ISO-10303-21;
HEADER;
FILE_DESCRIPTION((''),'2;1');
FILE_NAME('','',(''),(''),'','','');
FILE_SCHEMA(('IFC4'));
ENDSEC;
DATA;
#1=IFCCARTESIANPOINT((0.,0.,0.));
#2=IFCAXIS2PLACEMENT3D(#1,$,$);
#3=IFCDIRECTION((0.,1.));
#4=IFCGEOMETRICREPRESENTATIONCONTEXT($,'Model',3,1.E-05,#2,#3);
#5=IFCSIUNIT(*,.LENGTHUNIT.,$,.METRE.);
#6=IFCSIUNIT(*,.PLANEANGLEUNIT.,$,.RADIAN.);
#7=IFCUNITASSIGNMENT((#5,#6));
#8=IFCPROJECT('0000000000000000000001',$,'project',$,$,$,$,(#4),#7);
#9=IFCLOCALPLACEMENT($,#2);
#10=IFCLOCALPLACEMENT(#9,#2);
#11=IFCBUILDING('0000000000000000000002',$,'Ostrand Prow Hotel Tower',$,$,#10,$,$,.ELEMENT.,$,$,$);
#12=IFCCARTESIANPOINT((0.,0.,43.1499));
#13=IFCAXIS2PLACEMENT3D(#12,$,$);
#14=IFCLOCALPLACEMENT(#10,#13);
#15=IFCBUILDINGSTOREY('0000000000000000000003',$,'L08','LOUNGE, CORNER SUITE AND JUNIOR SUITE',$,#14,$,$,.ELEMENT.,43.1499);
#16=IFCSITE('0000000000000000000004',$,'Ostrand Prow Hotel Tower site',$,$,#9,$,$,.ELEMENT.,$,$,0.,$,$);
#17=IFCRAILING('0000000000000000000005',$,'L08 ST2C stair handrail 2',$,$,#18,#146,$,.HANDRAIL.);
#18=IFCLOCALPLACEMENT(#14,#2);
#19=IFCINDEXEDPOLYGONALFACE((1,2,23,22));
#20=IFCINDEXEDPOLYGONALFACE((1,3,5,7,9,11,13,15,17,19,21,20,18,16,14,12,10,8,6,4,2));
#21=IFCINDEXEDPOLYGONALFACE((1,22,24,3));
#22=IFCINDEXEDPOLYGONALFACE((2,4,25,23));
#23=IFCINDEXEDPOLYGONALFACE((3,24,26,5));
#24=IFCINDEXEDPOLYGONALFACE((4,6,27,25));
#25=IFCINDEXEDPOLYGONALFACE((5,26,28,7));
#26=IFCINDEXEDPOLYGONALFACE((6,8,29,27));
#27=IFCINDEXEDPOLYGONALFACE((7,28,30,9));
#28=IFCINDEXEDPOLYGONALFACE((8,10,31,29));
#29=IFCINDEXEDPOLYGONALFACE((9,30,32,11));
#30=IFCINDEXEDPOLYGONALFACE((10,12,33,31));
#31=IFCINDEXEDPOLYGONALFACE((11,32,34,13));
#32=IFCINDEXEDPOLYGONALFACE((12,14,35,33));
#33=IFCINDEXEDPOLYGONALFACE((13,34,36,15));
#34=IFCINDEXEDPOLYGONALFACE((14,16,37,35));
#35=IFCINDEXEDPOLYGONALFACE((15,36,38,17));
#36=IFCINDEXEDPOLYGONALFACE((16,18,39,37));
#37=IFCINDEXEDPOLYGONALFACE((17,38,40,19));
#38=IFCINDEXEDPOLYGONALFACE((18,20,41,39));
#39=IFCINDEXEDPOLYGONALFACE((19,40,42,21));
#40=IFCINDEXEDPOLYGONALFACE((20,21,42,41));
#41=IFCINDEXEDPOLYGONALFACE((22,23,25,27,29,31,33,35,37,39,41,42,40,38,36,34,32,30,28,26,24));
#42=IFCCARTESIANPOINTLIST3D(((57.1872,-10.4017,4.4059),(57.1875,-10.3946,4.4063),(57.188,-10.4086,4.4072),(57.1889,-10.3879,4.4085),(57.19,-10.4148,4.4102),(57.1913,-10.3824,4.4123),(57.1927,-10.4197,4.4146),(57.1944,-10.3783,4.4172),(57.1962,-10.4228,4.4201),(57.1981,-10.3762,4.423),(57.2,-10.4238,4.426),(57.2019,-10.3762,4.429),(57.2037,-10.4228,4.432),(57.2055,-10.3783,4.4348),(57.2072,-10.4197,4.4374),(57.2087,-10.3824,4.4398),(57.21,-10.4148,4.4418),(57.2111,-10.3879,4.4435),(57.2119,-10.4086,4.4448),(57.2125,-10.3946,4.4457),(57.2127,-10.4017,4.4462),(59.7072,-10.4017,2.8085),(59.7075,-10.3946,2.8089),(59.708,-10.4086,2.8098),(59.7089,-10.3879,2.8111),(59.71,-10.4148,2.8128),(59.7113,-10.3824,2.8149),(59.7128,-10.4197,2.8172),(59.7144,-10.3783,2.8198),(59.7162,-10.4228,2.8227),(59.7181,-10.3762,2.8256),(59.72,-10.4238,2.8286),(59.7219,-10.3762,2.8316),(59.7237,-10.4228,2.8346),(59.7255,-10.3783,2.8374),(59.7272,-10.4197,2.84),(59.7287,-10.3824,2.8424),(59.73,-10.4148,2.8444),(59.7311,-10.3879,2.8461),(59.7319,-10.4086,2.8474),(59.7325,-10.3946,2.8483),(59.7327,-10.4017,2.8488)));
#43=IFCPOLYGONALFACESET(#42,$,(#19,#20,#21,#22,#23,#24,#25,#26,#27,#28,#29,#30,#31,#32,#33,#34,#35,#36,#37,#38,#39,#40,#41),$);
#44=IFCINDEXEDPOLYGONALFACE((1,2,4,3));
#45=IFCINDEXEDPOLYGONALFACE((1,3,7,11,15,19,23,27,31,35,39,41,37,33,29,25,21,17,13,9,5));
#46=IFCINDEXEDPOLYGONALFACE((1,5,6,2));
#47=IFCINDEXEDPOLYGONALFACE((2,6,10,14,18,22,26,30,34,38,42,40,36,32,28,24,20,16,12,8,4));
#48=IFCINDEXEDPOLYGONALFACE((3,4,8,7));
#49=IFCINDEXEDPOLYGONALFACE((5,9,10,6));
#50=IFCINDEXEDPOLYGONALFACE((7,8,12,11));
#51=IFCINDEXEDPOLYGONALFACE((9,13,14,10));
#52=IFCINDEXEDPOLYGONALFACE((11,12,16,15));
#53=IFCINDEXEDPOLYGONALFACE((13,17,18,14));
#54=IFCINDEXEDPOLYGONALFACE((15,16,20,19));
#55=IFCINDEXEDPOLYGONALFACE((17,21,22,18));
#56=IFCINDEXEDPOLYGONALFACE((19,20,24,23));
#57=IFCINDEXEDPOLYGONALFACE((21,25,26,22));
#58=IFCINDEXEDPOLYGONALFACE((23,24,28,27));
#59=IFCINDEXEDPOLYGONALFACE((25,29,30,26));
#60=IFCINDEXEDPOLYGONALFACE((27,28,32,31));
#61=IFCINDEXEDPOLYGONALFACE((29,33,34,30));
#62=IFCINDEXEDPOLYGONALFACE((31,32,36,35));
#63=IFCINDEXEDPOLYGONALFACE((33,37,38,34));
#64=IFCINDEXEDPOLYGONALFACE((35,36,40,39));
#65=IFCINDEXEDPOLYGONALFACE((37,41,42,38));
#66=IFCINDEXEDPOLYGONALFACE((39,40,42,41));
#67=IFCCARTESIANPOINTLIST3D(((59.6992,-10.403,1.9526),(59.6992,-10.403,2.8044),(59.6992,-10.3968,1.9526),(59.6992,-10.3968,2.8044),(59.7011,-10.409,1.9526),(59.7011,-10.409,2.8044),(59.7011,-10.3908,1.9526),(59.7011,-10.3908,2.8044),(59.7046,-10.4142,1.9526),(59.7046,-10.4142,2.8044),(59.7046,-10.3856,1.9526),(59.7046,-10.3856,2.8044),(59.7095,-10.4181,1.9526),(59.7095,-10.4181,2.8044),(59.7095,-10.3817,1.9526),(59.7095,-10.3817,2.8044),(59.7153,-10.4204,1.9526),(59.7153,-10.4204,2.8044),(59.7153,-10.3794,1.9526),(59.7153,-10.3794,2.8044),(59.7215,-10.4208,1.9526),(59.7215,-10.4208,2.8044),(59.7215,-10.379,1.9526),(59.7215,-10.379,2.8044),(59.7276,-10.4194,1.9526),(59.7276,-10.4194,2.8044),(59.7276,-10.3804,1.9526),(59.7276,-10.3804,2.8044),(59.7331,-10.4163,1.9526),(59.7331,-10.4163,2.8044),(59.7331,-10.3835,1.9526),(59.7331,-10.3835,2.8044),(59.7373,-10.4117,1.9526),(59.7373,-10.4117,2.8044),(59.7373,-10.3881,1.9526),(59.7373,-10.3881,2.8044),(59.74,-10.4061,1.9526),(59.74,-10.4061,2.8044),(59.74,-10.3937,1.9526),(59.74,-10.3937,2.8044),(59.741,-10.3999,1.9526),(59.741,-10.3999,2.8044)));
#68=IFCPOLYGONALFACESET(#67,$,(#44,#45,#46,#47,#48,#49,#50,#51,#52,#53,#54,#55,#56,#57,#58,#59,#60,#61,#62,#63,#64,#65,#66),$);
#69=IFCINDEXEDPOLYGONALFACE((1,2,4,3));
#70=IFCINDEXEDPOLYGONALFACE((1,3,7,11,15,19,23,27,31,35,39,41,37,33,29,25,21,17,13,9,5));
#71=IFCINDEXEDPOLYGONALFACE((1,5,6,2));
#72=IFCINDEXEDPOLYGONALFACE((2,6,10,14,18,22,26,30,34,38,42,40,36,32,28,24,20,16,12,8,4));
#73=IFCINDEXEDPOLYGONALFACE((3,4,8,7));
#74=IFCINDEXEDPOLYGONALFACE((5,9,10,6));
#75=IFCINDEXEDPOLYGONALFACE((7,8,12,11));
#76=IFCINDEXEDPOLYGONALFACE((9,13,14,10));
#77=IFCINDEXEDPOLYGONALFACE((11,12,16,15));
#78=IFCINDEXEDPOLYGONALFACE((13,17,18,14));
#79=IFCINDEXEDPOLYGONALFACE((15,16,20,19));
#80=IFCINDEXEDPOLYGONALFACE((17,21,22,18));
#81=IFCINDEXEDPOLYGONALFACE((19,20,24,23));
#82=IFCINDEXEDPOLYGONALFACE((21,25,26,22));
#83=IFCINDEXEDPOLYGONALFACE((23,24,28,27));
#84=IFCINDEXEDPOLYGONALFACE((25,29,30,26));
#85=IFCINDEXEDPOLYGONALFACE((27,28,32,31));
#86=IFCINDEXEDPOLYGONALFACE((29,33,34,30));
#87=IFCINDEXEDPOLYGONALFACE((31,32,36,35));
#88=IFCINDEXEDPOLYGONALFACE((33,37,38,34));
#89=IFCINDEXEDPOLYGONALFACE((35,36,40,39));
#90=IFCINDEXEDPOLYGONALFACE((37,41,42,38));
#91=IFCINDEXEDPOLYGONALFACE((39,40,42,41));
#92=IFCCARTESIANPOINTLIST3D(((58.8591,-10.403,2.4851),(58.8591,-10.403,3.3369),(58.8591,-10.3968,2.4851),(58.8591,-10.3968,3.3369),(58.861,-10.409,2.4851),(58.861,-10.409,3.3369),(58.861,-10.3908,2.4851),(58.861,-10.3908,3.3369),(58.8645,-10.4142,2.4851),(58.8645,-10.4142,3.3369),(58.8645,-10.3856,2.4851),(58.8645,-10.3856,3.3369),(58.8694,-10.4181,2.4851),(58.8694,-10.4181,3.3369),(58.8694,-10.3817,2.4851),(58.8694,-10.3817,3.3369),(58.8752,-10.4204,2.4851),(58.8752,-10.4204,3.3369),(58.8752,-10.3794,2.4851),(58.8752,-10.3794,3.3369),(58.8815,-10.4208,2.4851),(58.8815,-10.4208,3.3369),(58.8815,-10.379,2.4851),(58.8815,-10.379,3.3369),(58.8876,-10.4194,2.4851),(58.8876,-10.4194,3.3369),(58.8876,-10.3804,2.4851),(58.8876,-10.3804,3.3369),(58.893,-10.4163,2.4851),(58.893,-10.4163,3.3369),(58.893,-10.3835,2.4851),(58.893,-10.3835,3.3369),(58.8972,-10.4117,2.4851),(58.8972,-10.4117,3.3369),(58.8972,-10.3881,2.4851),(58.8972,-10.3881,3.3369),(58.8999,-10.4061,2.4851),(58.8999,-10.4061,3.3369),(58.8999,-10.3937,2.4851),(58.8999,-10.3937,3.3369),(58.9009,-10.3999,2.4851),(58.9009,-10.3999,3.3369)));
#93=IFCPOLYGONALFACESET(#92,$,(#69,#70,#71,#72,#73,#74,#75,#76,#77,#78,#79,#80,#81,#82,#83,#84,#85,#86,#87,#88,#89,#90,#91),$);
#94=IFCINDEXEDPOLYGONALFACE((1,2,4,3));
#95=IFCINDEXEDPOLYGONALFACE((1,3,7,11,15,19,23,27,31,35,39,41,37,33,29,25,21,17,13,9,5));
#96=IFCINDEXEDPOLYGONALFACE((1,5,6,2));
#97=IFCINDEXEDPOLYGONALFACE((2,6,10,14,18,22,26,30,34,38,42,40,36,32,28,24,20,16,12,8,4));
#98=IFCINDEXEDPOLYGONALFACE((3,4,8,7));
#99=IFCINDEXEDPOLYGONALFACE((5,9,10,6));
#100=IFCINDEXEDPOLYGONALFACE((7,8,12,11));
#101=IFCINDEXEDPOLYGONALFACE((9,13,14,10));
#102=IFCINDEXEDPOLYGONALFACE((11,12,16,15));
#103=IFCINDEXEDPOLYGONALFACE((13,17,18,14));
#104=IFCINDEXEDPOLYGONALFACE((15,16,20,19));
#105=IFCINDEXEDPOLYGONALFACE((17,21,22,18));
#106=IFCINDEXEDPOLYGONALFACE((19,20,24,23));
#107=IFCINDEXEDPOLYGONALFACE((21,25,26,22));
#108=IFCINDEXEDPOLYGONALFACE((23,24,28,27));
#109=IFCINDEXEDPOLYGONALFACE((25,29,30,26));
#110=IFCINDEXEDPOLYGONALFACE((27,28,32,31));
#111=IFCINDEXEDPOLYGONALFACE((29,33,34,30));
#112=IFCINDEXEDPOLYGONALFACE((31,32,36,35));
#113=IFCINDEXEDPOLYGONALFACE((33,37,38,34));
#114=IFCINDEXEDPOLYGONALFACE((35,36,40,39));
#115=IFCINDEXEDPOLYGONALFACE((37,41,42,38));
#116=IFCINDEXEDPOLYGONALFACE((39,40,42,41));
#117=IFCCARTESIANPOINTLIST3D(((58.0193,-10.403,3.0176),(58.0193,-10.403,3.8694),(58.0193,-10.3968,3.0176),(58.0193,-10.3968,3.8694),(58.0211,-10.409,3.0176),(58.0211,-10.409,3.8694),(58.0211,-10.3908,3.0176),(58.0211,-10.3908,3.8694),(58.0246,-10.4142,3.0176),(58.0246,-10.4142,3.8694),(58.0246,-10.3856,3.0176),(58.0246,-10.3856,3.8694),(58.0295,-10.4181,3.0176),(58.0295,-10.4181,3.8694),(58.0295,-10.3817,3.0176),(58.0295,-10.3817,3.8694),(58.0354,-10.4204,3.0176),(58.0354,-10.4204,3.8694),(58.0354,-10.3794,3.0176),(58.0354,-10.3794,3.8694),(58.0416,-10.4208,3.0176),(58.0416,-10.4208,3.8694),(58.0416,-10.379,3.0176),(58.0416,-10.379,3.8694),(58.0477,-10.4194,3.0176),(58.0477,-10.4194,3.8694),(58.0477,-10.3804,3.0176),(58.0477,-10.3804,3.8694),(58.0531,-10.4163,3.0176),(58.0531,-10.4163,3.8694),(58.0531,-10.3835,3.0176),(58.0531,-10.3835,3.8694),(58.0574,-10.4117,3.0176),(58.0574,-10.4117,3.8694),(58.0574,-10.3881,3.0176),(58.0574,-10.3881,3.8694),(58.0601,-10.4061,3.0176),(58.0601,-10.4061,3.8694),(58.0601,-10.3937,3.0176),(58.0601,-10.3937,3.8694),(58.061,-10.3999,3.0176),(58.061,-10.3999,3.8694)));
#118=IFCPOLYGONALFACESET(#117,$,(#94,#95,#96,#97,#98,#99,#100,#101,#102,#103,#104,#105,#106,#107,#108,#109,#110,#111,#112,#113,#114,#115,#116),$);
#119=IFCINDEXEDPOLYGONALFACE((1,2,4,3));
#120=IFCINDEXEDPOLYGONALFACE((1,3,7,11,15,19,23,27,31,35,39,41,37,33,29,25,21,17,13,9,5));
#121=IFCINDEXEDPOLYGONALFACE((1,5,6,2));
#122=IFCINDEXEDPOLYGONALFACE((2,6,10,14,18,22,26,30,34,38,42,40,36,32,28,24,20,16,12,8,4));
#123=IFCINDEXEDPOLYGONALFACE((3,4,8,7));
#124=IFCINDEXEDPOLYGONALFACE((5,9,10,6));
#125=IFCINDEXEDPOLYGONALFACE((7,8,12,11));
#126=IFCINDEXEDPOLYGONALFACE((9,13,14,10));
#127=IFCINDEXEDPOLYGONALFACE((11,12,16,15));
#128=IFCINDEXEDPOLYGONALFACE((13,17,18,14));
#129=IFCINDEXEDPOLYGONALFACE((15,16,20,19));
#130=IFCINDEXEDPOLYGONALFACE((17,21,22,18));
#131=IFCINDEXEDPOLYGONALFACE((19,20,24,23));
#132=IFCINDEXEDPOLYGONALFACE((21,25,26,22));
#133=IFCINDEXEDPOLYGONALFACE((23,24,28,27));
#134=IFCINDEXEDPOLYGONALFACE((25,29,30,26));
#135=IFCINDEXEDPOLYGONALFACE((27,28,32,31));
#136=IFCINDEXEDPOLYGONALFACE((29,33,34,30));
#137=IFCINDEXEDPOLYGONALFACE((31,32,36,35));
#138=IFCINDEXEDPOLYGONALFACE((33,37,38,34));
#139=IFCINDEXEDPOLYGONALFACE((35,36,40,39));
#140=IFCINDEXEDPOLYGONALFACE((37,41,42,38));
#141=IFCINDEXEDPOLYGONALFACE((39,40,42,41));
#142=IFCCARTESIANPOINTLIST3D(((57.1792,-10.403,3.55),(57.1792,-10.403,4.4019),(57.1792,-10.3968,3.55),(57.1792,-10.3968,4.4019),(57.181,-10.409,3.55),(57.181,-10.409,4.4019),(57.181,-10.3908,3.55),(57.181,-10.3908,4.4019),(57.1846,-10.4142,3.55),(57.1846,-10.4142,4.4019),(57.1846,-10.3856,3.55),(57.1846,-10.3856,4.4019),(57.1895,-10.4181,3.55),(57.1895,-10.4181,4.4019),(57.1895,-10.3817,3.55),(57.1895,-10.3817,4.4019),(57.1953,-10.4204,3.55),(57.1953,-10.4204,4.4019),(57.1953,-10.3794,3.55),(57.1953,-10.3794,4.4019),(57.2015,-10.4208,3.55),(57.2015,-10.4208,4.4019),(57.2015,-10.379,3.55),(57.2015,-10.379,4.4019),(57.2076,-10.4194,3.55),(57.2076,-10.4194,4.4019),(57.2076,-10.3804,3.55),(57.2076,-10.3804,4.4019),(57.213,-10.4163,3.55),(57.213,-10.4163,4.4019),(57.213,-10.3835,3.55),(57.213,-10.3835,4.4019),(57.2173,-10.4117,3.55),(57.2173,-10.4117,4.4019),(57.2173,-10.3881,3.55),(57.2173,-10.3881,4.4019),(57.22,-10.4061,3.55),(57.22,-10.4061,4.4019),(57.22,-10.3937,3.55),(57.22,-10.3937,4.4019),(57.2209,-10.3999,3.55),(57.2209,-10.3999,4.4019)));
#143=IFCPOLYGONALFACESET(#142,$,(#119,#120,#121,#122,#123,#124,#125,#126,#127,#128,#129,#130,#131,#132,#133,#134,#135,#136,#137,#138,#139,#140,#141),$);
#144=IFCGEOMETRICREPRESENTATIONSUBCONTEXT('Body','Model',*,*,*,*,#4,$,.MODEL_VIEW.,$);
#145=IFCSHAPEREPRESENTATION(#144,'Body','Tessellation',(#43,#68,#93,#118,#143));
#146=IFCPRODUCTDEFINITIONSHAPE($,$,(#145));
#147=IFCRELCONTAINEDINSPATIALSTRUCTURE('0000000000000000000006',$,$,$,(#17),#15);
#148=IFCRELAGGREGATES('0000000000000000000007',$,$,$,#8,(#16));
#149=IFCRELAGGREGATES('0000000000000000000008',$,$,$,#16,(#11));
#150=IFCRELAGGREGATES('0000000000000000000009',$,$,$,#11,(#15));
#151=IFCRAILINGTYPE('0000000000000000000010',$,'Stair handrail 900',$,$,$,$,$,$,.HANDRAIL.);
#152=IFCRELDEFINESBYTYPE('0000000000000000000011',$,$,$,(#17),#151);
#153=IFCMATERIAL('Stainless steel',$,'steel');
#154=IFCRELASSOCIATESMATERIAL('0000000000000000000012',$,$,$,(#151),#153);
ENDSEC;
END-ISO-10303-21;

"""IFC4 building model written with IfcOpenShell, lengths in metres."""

from ifc_helpers import new_model, si_unit, direction, frame, origin, origin_2d, place, context, subcontext, project, spatial, circle, extrude, material, type_object, element, save


model = new_model("IFC4")

# Units and contexts
model_context = context("Model", 3, precision=1e-05, world=origin(), true_north=direction((0.0, 1.0)))
body_context = subcontext(model_context, "Body", "Model", "MODEL_VIEW")
ifc_project = project(units=[si_unit("LENGTHUNIT", "METRE"), si_unit("PLANEANGLEUNIT", "RADIAN")], contexts=[model_context])

# Site, building, storey
site_placement = place(None, origin())
site = spatial("IfcSite", under=ifc_project, at=site_placement, Name="Ostrand Prow Hotel Tower site", CompositionType="ELEMENT", RefElevation=0.0)
building_placement = place(site_placement, origin())
building = spatial("IfcBuilding", under=site, at=building_placement, Name="Ostrand Prow Hotel Tower", CompositionType="ELEMENT")
storey_placement = place(building_placement, frame((0.0, 0.0, 43.1499)))
storey = spatial("IfcBuildingStorey", under=building, at=storey_placement, Name="L08", Description="LOUNGE, CORNER SUITE AND JUNIOR SUITE", CompositionType="ELEMENT", Elevation=43.1499)

# Railing
ifc_material_1 = material(Name="Stainless steel", Category="steel")
railing_type_1 = type_object("IfcRailingType", Name="Stair handrail 900", PredefinedType="HANDRAIL", material=ifc_material_1)
railing_1_placement = place(storey_placement, frame((59.72, -10.3999, 1.9526)))
element("IfcRailing", 1, at=railing_1_placement, inside=storey, type_object=railing_type_1, Name="L08 ST2C stair handrail 2", PredefinedType="HANDRAIL", context=body_context, shape_type="SweptSolid", body=[
    extrude(circle(Radius=0.0239, at=origin_2d()), frame((0.0, 0.0, 0.876), z_axis=(-0.844607, 0.0, 0.535387), x_axis=(0.0, -1.0, 0.0)), (0.0, 0.0, 1.0), 2.9836),
    extrude(circle(Radius=0.021, at=origin_2d()), origin(), (0.0, 0.0, 1.0), 0.8518),
    extrude(circle(Radius=0.021, at=origin_2d()), frame((-0.8401, 0.0, 0.5325)), (0.0, 0.0, 1.0), 0.8518),
    extrude(circle(Radius=0.021, at=origin_2d()), frame((-1.6799, 0.0, 1.0649)), (0.0, 0.0, 1.0), 0.8518),
    extrude(circle(Radius=0.021, at=origin_2d()), frame((-2.52, 0.0, 1.5974)), (0.0, 0.0, 1.0), 0.8518),
])

save(model, "model.ifc")
